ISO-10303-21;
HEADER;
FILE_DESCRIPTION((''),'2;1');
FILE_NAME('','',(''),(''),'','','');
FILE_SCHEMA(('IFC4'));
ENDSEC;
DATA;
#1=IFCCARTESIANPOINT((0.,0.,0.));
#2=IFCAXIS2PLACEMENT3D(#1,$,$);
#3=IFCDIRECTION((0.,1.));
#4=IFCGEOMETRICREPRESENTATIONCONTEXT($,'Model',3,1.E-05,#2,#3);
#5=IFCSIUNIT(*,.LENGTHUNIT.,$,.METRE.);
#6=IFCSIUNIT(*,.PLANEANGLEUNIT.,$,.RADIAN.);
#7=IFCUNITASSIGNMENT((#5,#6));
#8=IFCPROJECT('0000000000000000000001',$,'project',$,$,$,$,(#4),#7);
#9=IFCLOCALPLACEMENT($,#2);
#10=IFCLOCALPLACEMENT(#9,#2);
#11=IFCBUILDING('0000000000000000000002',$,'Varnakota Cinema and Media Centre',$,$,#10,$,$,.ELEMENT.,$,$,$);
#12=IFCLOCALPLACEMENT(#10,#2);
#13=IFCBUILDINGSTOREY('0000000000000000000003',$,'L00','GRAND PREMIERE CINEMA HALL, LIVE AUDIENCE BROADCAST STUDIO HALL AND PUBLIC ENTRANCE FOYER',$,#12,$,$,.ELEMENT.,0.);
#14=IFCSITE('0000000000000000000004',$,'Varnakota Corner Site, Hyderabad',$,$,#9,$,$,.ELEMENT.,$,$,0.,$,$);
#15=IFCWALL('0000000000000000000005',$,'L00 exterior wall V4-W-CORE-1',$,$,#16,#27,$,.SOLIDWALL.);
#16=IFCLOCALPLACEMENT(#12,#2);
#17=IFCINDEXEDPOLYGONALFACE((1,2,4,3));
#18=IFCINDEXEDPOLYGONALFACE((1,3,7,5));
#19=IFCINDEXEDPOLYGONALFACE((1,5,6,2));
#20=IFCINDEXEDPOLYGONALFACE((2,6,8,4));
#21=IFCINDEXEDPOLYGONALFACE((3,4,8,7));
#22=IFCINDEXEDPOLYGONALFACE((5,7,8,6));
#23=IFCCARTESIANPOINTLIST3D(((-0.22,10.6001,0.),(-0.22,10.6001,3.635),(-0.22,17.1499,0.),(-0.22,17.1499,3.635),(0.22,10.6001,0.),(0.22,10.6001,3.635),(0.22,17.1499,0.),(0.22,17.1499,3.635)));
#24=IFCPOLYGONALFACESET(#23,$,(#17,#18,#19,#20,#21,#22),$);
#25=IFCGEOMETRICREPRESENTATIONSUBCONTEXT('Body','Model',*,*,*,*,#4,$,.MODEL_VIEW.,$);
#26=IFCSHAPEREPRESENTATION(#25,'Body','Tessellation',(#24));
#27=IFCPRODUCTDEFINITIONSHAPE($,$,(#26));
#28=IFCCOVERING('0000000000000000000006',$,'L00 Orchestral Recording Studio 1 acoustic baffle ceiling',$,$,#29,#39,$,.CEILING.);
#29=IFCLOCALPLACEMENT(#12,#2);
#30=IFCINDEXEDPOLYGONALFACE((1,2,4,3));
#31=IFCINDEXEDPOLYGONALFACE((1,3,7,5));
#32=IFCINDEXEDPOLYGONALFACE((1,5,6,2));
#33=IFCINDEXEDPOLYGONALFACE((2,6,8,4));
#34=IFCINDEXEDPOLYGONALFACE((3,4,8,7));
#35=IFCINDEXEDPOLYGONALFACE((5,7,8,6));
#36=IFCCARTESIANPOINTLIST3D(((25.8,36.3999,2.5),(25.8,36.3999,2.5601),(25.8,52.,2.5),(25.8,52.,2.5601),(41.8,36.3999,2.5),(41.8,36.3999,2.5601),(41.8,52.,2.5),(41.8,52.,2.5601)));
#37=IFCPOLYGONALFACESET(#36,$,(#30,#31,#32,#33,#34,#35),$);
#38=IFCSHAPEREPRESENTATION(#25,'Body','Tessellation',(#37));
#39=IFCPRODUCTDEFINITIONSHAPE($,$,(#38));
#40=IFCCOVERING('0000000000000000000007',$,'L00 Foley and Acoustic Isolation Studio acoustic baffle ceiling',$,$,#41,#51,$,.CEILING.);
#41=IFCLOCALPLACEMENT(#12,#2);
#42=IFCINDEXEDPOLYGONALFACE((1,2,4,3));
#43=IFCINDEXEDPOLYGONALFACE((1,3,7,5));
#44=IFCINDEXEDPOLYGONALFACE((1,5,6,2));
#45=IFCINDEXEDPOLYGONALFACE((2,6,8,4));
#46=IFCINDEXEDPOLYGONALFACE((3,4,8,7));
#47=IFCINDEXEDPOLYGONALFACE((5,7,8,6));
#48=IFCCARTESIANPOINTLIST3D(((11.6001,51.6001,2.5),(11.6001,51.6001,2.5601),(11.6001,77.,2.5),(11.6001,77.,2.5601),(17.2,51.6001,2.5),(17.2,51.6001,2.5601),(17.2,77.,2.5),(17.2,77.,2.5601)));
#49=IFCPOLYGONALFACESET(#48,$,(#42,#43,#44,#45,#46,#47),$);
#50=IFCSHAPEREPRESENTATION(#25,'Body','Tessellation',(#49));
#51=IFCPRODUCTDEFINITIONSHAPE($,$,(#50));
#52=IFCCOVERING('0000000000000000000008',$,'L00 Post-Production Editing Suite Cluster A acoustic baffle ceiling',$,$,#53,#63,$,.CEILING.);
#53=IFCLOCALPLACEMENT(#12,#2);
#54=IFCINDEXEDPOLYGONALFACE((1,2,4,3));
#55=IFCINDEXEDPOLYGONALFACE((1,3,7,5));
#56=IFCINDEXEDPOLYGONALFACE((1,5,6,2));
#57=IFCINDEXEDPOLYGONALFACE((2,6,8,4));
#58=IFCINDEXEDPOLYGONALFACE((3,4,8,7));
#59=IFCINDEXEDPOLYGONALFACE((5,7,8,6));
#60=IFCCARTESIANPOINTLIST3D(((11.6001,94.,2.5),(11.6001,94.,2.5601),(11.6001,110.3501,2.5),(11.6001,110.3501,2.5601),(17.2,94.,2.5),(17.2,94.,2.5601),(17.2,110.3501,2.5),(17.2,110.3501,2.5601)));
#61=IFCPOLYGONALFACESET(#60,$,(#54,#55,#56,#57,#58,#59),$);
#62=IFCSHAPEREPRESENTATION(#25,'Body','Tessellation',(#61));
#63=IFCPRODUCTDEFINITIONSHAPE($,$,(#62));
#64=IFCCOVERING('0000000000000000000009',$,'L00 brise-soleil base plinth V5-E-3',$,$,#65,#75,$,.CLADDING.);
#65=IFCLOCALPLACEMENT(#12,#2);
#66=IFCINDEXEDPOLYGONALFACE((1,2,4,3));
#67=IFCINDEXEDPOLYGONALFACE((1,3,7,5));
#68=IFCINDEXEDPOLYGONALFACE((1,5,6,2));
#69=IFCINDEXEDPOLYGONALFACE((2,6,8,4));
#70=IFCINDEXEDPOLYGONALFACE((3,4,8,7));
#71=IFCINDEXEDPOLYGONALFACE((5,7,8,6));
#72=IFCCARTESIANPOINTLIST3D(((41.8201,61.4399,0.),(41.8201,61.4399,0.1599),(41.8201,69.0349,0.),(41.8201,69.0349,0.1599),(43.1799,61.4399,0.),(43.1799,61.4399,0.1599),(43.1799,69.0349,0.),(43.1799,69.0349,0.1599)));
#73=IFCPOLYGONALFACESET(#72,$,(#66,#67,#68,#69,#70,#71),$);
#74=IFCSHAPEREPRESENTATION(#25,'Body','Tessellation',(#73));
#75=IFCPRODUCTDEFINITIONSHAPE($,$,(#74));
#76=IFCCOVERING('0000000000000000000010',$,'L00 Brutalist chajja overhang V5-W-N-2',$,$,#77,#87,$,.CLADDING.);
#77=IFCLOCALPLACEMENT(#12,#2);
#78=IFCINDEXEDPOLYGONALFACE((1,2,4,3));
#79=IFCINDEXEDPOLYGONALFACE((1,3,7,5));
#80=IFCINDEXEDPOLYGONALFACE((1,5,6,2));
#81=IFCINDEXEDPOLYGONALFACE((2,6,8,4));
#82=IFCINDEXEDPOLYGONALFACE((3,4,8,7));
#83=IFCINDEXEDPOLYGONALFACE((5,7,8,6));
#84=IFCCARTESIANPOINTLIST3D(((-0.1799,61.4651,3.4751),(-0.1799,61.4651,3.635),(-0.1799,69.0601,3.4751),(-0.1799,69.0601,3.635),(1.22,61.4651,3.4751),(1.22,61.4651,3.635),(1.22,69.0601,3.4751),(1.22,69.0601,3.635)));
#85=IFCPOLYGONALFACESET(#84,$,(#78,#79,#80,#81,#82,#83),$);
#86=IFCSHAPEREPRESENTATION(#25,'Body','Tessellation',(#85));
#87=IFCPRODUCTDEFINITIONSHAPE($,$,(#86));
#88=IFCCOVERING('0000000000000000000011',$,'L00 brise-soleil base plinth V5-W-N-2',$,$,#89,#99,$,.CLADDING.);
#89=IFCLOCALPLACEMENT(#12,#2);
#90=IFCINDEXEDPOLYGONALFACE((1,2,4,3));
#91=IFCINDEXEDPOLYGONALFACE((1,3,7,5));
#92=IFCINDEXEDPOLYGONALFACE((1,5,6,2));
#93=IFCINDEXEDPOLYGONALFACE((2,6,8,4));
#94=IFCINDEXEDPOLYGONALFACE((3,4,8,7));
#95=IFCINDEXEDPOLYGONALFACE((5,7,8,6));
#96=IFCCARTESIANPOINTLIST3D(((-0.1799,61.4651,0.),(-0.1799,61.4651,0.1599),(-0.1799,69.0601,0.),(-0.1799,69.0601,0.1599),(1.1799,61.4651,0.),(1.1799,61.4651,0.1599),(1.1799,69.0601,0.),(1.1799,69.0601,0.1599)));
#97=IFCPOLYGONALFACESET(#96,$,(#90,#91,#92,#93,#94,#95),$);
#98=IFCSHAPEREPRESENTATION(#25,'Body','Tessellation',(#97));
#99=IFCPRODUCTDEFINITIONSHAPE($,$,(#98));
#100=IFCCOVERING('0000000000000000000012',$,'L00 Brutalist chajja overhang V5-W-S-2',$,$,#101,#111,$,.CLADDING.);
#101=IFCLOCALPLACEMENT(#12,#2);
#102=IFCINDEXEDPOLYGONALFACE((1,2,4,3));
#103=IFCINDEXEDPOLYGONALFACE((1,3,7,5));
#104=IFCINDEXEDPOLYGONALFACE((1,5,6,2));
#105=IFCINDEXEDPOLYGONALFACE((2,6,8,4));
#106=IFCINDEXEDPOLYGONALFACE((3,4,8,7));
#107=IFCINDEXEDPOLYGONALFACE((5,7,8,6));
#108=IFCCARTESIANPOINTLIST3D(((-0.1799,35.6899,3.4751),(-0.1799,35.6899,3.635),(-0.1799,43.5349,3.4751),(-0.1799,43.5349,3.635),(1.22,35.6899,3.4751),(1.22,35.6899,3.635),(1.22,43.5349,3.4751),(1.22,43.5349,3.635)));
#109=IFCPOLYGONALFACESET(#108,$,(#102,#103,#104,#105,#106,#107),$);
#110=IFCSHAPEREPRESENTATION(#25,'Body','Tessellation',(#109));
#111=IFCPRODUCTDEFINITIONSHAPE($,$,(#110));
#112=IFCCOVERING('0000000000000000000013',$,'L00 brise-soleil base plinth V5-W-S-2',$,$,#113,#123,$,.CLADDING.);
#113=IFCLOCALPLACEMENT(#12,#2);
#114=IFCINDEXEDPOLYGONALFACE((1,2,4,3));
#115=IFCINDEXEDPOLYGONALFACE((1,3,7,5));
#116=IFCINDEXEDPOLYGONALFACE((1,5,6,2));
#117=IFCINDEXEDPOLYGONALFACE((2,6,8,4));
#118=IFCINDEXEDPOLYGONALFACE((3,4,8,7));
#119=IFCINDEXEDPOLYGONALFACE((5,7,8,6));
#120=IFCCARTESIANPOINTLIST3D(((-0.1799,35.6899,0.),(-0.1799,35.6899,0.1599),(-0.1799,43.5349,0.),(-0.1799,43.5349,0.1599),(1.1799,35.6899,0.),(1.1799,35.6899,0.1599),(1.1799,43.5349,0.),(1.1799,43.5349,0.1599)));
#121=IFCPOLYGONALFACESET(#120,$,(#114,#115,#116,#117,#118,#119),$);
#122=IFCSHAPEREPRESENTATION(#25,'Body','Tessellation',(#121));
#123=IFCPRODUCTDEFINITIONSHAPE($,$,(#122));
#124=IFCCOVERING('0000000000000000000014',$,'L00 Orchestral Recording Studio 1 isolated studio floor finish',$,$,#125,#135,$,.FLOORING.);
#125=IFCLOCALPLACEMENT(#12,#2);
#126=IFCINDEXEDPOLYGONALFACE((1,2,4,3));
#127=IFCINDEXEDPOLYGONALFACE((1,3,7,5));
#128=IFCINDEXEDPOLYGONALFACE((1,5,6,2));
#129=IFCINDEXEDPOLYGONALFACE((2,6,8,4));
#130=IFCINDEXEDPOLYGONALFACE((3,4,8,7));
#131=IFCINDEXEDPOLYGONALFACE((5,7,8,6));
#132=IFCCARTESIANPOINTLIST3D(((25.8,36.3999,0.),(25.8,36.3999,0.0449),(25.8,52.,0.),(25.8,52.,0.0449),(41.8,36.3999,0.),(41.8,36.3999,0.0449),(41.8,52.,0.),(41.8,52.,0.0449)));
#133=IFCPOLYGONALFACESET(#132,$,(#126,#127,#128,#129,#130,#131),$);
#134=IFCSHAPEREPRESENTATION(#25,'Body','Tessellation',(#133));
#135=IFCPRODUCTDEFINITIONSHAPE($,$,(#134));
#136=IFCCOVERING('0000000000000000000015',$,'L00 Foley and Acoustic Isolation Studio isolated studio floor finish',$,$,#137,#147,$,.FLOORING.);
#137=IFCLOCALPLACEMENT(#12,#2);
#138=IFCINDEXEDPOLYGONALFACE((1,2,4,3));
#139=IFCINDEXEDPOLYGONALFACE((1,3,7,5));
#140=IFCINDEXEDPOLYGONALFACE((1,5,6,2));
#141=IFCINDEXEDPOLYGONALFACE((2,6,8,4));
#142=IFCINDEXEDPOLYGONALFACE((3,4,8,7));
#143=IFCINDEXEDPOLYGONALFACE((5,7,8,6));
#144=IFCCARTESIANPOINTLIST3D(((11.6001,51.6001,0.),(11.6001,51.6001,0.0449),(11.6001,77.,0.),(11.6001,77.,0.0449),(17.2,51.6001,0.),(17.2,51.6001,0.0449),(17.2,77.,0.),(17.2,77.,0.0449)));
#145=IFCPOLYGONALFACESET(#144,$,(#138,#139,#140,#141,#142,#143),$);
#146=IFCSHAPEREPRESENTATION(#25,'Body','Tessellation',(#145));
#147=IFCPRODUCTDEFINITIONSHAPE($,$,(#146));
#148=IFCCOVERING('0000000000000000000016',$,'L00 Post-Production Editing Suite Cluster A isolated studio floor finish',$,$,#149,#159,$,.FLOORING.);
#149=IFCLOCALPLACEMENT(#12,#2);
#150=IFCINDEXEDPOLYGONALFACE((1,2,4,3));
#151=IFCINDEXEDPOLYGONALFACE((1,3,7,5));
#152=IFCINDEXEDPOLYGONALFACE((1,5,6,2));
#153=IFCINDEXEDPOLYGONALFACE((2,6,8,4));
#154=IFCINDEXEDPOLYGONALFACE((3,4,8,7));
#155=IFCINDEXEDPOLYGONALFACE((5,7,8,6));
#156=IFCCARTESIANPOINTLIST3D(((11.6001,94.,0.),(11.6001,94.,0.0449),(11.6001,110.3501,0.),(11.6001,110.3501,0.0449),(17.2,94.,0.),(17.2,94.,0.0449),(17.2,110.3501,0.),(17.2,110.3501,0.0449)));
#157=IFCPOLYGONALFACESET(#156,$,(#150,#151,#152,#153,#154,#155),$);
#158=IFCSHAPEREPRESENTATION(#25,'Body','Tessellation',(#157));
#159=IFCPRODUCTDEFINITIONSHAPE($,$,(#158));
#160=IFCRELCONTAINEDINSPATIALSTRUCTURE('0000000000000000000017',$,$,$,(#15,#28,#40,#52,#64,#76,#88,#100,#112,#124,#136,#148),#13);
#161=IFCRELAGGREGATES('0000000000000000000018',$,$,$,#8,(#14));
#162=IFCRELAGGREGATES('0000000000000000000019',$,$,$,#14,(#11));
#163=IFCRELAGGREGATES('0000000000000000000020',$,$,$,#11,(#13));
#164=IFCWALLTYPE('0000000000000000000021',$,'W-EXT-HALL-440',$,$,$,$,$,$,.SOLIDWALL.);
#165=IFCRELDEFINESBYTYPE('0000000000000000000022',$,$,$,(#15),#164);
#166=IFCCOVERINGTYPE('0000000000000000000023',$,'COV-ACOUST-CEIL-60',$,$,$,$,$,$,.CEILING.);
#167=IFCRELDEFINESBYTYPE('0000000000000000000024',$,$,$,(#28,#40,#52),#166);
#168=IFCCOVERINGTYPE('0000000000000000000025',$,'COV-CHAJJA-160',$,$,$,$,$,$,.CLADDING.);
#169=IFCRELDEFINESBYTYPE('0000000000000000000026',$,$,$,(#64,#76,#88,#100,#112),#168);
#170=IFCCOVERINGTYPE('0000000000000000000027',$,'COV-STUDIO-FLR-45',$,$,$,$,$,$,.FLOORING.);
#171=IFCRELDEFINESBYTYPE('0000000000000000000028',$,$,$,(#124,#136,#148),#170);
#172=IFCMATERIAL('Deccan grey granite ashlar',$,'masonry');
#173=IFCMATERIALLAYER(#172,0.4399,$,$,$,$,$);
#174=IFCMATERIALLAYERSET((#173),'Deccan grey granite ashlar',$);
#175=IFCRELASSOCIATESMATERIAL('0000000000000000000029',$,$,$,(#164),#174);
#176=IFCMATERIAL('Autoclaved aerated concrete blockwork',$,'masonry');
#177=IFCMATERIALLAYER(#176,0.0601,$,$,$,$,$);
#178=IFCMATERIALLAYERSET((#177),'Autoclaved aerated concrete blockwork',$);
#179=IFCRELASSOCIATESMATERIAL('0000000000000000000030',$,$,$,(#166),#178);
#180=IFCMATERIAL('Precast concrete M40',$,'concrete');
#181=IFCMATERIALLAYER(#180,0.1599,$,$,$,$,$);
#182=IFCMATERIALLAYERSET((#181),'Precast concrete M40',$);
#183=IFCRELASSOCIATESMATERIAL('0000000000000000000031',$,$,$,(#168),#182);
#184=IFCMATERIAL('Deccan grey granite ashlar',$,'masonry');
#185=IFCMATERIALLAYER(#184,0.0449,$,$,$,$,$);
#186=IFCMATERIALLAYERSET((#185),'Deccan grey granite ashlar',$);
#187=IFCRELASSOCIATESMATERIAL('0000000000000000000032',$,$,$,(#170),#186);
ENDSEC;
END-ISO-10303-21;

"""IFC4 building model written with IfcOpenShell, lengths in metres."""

from ifc_helpers import new_model, si_unit, direction, frame, frame_2d, origin, place, context, subcontext, project, spatial, polyline, rectangle, outline, extrude, material, layer, layer_set, type_object, element, save


model = new_model("IFC4")

# Units and contexts
model_context = context("Model", 3, precision=1e-05, world=origin(), true_north=direction((0.0, 1.0)))
body_context = subcontext(model_context, "Body", "Model", "MODEL_VIEW")
ifc_project = project(units=[si_unit("LENGTHUNIT", "METRE"), si_unit("PLANEANGLEUNIT", "RADIAN")], contexts=[model_context])

# Site, building, storey
site_placement = place(None, origin())
site = spatial("IfcSite", under=ifc_project, at=site_placement, Name="Varnakota Corner Site, Hyderabad", CompositionType="ELEMENT", RefElevation=0.0)
building_placement = place(site_placement, origin())
building = spatial("IfcBuilding", under=site, at=building_placement, Name="Varnakota Cinema and Media Centre", CompositionType="ELEMENT")
storey_placement = place(building_placement, origin())
storey = spatial("IfcBuildingStorey", under=building, at=storey_placement, Name="L00", Description="GRAND PREMIERE CINEMA HALL, LIVE AUDIENCE BROADCAST STUDIO HALL AND PUBLIC ENTRANCE FOYER", CompositionType="ELEMENT", Elevation=0.0)

# Wall
ifc_material_1 = material(Name="Deccan grey granite ashlar", Category="masonry")
ifc_layer_1 = layer(ifc_material_1, 0.4399)
ifc_layer_set_1 = layer_set([ifc_layer_1], Name="Deccan grey granite ashlar")
wall_type_1 = type_object("IfcWallType", Name="W-EXT-HALL-440", PredefinedType="SOLIDWALL", material=ifc_layer_set_1)
wall_1_placement = place(storey_placement, frame((0.0, 10.6001, 0.0), z_axis=(0.0, 0.0, 1.0), x_axis=(0.0, 1.0, 0.0)))
element("IfcWall", 1, at=wall_1_placement, inside=storey, type_object=wall_type_1, Name="L00 exterior wall V4-W-CORE-1", PredefinedType="SOLIDWALL", context=body_context, shape_type="SweptSolid", body=[
    extrude(rectangle(XDim=6.5498, YDim=0.4399, at=frame_2d((3.2749, 0.0))), origin(), (0.0, 0.0, 1.0), 3.635),
])

# Coverings
ifc_material_2 = material(Name="Autoclaved aerated concrete blockwork", Category="masonry")
ifc_layer_2 = layer(ifc_material_2, 0.0601)
ifc_layer_set_2 = layer_set([ifc_layer_2], Name="Autoclaved aerated concrete blockwork")
covering_type_1 = type_object("IfcCoveringType", Name="COV-ACOUST-CEIL-60", PredefinedType="CEILING", material=ifc_layer_set_2)
covering_1_placement = place(storey_placement, frame((0.0, 0.0, 2.5)))
element("IfcCovering", 2, at=covering_1_placement, inside=storey, type_object=covering_type_1, Name="L00 Orchestral Recording Studio 1 acoustic baffle ceiling", PredefinedType="CEILING", context=body_context, shape_type="SweptSolid", body=[
    extrude(outline(polyline([(25.8, 36.3999), (41.8, 36.3999), (41.8, 52.0), (25.8, 52.0), (25.8, 36.3999)])), origin(), (0.0, 0.0, 1.0), 0.0601),
])
covering_2_placement = place(storey_placement, frame((0.0, 0.0, 2.5)))
element("IfcCovering", 3, at=covering_2_placement, inside=storey, type_object=covering_type_1, Name="L00 Foley and Acoustic Isolation Studio acoustic baffle ceiling", PredefinedType="CEILING", context=body_context, shape_type="SweptSolid", body=[
    extrude(outline(polyline([(11.6001, 51.6001), (17.2, 51.6001), (17.2, 77.0), (11.6001, 77.0), (11.6001, 51.6001)])), origin(), (0.0, 0.0, 1.0), 0.0601),
])
covering_3_placement = place(storey_placement, frame((0.0, 0.0, 2.5)))
element("IfcCovering", 4, at=covering_3_placement, inside=storey, type_object=covering_type_1, Name="L00 Post-Production Editing Suite Cluster A acoustic baffle ceiling", PredefinedType="CEILING", context=body_context, shape_type="SweptSolid", body=[
    extrude(outline(polyline([(11.6001, 94.0), (17.2, 94.0), (17.2, 110.3501), (11.6001, 110.3501), (11.6001, 94.0)])), origin(), (0.0, 0.0, 1.0), 0.0601),
])
ifc_material_3 = material(Name="Precast concrete M40", Category="concrete")
ifc_layer_3 = layer(ifc_material_3, 0.1599)
ifc_layer_set_3 = layer_set([ifc_layer_3], Name="Precast concrete M40")
covering_type_2 = type_object("IfcCoveringType", Name="COV-CHAJJA-160", PredefinedType="CLADDING", material=ifc_layer_set_3)
covering_4_placement = place(storey_placement, origin())
element("IfcCovering", 5, at=covering_4_placement, inside=storey, type_object=covering_type_2, Name="L00 brise-soleil base plinth V5-E-3", PredefinedType="CLADDING", context=body_context, shape_type="SweptSolid", body=[
    extrude(outline(polyline([(43.1799, 61.4399), (43.1799, 69.0349), (41.8201, 69.0349), (41.8201, 61.4399), (43.1799, 61.4399)])), origin(), (0.0, 0.0, 1.0), 0.1599),
])
covering_5_placement = place(storey_placement, frame((0.0, 0.0, 3.4751)))
element("IfcCovering", 6, at=covering_5_placement, inside=storey, type_object=covering_type_2, Name="L00 Brutalist chajja overhang V5-W-N-2", PredefinedType="CLADDING", context=body_context, shape_type="SweptSolid", body=[
    extrude(outline(polyline([(-0.1799, 69.0601), (-0.1799, 61.4651), (1.22, 61.4651), (1.22, 69.0601), (-0.1799, 69.0601)])), origin(), (0.0, 0.0, 1.0), 0.1599),
])
covering_6_placement = place(storey_placement, origin())
element("IfcCovering", 7, at=covering_6_placement, inside=storey, type_object=covering_type_2, Name="L00 brise-soleil base plinth V5-W-N-2", PredefinedType="CLADDING", context=body_context, shape_type="SweptSolid", body=[
    extrude(outline(polyline([(-0.1799, 69.0601), (-0.1799, 61.4651), (1.1799, 61.4651), (1.1799, 69.0601), (-0.1799, 69.0601)])), origin(), (0.0, 0.0, 1.0), 0.1599),
])
covering_7_placement = place(storey_placement, frame((0.0, 0.0, 3.4751)))
element("IfcCovering", 8, at=covering_7_placement, inside=storey, type_object=covering_type_2, Name="L00 Brutalist chajja overhang V5-W-S-2", PredefinedType="CLADDING", context=body_context, shape_type="SweptSolid", body=[
    extrude(outline(polyline([(-0.1799, 43.5349), (-0.1799, 35.6899), (1.22, 35.6899), (1.22, 43.5349), (-0.1799, 43.5349)])), origin(), (0.0, 0.0, 1.0), 0.1599),
])
covering_8_placement = place(storey_placement, origin())
element("IfcCovering", 9, at=covering_8_placement, inside=storey, type_object=covering_type_2, Name="L00 brise-soleil base plinth V5-W-S-2", PredefinedType="CLADDING", context=body_context, shape_type="SweptSolid", body=[
    extrude(outline(polyline([(-0.1799, 43.5349), (-0.1799, 35.6899), (1.1799, 35.6899), (1.1799, 43.5349), (-0.1799, 43.5349)])), origin(), (0.0, 0.0, 1.0), 0.1599),
])
ifc_material_4 = material(Name="Deccan grey granite ashlar", Category="masonry")
ifc_layer_4 = layer(ifc_material_4, 0.0449)
ifc_layer_set_4 = layer_set([ifc_layer_4], Name="Deccan grey granite ashlar")
covering_type_3 = type_object("IfcCoveringType", Name="COV-STUDIO-FLR-45", PredefinedType="FLOORING", material=ifc_layer_set_4)
covering_9_placement = place(storey_placement, origin())
element("IfcCovering", 10, at=covering_9_placement, inside=storey, type_object=covering_type_3, Name="L00 Orchestral Recording Studio 1 isolated studio floor finish", PredefinedType="FLOORING", context=body_context, shape_type="SweptSolid", body=[
    extrude(outline(polyline([(25.8, 36.3999), (41.8, 36.3999), (41.8, 52.0), (25.8, 52.0), (25.8, 36.3999)])), origin(), (0.0, 0.0, 1.0), 0.0449),
])
covering_10_placement = place(storey_placement, origin())
element("IfcCovering", 11, at=covering_10_placement, inside=storey, type_object=covering_type_3, Name="L00 Foley and Acoustic Isolation Studio isolated studio floor finish", PredefinedType="FLOORING", context=body_context, shape_type="SweptSolid", body=[
    extrude(outline(polyline([(11.6001, 51.6001), (17.2, 51.6001), (17.2, 77.0), (11.6001, 77.0), (11.6001, 51.6001)])), origin(), (0.0, 0.0, 1.0), 0.0449),
])
covering_11_placement = place(storey_placement, origin())
element("IfcCovering", 12, at=covering_11_placement, inside=storey, type_object=covering_type_3, Name="L00 Post-Production Editing Suite Cluster A isolated studio floor finish", PredefinedType="FLOORING", context=body_context, shape_type="SweptSolid", body=[
    extrude(outline(polyline([(11.6001, 94.0), (17.2, 94.0), (17.2, 110.3501), (11.6001, 110.3501), (11.6001, 94.0)])), origin(), (0.0, 0.0, 1.0), 0.0449),
])

save(model, "model.ifc")
